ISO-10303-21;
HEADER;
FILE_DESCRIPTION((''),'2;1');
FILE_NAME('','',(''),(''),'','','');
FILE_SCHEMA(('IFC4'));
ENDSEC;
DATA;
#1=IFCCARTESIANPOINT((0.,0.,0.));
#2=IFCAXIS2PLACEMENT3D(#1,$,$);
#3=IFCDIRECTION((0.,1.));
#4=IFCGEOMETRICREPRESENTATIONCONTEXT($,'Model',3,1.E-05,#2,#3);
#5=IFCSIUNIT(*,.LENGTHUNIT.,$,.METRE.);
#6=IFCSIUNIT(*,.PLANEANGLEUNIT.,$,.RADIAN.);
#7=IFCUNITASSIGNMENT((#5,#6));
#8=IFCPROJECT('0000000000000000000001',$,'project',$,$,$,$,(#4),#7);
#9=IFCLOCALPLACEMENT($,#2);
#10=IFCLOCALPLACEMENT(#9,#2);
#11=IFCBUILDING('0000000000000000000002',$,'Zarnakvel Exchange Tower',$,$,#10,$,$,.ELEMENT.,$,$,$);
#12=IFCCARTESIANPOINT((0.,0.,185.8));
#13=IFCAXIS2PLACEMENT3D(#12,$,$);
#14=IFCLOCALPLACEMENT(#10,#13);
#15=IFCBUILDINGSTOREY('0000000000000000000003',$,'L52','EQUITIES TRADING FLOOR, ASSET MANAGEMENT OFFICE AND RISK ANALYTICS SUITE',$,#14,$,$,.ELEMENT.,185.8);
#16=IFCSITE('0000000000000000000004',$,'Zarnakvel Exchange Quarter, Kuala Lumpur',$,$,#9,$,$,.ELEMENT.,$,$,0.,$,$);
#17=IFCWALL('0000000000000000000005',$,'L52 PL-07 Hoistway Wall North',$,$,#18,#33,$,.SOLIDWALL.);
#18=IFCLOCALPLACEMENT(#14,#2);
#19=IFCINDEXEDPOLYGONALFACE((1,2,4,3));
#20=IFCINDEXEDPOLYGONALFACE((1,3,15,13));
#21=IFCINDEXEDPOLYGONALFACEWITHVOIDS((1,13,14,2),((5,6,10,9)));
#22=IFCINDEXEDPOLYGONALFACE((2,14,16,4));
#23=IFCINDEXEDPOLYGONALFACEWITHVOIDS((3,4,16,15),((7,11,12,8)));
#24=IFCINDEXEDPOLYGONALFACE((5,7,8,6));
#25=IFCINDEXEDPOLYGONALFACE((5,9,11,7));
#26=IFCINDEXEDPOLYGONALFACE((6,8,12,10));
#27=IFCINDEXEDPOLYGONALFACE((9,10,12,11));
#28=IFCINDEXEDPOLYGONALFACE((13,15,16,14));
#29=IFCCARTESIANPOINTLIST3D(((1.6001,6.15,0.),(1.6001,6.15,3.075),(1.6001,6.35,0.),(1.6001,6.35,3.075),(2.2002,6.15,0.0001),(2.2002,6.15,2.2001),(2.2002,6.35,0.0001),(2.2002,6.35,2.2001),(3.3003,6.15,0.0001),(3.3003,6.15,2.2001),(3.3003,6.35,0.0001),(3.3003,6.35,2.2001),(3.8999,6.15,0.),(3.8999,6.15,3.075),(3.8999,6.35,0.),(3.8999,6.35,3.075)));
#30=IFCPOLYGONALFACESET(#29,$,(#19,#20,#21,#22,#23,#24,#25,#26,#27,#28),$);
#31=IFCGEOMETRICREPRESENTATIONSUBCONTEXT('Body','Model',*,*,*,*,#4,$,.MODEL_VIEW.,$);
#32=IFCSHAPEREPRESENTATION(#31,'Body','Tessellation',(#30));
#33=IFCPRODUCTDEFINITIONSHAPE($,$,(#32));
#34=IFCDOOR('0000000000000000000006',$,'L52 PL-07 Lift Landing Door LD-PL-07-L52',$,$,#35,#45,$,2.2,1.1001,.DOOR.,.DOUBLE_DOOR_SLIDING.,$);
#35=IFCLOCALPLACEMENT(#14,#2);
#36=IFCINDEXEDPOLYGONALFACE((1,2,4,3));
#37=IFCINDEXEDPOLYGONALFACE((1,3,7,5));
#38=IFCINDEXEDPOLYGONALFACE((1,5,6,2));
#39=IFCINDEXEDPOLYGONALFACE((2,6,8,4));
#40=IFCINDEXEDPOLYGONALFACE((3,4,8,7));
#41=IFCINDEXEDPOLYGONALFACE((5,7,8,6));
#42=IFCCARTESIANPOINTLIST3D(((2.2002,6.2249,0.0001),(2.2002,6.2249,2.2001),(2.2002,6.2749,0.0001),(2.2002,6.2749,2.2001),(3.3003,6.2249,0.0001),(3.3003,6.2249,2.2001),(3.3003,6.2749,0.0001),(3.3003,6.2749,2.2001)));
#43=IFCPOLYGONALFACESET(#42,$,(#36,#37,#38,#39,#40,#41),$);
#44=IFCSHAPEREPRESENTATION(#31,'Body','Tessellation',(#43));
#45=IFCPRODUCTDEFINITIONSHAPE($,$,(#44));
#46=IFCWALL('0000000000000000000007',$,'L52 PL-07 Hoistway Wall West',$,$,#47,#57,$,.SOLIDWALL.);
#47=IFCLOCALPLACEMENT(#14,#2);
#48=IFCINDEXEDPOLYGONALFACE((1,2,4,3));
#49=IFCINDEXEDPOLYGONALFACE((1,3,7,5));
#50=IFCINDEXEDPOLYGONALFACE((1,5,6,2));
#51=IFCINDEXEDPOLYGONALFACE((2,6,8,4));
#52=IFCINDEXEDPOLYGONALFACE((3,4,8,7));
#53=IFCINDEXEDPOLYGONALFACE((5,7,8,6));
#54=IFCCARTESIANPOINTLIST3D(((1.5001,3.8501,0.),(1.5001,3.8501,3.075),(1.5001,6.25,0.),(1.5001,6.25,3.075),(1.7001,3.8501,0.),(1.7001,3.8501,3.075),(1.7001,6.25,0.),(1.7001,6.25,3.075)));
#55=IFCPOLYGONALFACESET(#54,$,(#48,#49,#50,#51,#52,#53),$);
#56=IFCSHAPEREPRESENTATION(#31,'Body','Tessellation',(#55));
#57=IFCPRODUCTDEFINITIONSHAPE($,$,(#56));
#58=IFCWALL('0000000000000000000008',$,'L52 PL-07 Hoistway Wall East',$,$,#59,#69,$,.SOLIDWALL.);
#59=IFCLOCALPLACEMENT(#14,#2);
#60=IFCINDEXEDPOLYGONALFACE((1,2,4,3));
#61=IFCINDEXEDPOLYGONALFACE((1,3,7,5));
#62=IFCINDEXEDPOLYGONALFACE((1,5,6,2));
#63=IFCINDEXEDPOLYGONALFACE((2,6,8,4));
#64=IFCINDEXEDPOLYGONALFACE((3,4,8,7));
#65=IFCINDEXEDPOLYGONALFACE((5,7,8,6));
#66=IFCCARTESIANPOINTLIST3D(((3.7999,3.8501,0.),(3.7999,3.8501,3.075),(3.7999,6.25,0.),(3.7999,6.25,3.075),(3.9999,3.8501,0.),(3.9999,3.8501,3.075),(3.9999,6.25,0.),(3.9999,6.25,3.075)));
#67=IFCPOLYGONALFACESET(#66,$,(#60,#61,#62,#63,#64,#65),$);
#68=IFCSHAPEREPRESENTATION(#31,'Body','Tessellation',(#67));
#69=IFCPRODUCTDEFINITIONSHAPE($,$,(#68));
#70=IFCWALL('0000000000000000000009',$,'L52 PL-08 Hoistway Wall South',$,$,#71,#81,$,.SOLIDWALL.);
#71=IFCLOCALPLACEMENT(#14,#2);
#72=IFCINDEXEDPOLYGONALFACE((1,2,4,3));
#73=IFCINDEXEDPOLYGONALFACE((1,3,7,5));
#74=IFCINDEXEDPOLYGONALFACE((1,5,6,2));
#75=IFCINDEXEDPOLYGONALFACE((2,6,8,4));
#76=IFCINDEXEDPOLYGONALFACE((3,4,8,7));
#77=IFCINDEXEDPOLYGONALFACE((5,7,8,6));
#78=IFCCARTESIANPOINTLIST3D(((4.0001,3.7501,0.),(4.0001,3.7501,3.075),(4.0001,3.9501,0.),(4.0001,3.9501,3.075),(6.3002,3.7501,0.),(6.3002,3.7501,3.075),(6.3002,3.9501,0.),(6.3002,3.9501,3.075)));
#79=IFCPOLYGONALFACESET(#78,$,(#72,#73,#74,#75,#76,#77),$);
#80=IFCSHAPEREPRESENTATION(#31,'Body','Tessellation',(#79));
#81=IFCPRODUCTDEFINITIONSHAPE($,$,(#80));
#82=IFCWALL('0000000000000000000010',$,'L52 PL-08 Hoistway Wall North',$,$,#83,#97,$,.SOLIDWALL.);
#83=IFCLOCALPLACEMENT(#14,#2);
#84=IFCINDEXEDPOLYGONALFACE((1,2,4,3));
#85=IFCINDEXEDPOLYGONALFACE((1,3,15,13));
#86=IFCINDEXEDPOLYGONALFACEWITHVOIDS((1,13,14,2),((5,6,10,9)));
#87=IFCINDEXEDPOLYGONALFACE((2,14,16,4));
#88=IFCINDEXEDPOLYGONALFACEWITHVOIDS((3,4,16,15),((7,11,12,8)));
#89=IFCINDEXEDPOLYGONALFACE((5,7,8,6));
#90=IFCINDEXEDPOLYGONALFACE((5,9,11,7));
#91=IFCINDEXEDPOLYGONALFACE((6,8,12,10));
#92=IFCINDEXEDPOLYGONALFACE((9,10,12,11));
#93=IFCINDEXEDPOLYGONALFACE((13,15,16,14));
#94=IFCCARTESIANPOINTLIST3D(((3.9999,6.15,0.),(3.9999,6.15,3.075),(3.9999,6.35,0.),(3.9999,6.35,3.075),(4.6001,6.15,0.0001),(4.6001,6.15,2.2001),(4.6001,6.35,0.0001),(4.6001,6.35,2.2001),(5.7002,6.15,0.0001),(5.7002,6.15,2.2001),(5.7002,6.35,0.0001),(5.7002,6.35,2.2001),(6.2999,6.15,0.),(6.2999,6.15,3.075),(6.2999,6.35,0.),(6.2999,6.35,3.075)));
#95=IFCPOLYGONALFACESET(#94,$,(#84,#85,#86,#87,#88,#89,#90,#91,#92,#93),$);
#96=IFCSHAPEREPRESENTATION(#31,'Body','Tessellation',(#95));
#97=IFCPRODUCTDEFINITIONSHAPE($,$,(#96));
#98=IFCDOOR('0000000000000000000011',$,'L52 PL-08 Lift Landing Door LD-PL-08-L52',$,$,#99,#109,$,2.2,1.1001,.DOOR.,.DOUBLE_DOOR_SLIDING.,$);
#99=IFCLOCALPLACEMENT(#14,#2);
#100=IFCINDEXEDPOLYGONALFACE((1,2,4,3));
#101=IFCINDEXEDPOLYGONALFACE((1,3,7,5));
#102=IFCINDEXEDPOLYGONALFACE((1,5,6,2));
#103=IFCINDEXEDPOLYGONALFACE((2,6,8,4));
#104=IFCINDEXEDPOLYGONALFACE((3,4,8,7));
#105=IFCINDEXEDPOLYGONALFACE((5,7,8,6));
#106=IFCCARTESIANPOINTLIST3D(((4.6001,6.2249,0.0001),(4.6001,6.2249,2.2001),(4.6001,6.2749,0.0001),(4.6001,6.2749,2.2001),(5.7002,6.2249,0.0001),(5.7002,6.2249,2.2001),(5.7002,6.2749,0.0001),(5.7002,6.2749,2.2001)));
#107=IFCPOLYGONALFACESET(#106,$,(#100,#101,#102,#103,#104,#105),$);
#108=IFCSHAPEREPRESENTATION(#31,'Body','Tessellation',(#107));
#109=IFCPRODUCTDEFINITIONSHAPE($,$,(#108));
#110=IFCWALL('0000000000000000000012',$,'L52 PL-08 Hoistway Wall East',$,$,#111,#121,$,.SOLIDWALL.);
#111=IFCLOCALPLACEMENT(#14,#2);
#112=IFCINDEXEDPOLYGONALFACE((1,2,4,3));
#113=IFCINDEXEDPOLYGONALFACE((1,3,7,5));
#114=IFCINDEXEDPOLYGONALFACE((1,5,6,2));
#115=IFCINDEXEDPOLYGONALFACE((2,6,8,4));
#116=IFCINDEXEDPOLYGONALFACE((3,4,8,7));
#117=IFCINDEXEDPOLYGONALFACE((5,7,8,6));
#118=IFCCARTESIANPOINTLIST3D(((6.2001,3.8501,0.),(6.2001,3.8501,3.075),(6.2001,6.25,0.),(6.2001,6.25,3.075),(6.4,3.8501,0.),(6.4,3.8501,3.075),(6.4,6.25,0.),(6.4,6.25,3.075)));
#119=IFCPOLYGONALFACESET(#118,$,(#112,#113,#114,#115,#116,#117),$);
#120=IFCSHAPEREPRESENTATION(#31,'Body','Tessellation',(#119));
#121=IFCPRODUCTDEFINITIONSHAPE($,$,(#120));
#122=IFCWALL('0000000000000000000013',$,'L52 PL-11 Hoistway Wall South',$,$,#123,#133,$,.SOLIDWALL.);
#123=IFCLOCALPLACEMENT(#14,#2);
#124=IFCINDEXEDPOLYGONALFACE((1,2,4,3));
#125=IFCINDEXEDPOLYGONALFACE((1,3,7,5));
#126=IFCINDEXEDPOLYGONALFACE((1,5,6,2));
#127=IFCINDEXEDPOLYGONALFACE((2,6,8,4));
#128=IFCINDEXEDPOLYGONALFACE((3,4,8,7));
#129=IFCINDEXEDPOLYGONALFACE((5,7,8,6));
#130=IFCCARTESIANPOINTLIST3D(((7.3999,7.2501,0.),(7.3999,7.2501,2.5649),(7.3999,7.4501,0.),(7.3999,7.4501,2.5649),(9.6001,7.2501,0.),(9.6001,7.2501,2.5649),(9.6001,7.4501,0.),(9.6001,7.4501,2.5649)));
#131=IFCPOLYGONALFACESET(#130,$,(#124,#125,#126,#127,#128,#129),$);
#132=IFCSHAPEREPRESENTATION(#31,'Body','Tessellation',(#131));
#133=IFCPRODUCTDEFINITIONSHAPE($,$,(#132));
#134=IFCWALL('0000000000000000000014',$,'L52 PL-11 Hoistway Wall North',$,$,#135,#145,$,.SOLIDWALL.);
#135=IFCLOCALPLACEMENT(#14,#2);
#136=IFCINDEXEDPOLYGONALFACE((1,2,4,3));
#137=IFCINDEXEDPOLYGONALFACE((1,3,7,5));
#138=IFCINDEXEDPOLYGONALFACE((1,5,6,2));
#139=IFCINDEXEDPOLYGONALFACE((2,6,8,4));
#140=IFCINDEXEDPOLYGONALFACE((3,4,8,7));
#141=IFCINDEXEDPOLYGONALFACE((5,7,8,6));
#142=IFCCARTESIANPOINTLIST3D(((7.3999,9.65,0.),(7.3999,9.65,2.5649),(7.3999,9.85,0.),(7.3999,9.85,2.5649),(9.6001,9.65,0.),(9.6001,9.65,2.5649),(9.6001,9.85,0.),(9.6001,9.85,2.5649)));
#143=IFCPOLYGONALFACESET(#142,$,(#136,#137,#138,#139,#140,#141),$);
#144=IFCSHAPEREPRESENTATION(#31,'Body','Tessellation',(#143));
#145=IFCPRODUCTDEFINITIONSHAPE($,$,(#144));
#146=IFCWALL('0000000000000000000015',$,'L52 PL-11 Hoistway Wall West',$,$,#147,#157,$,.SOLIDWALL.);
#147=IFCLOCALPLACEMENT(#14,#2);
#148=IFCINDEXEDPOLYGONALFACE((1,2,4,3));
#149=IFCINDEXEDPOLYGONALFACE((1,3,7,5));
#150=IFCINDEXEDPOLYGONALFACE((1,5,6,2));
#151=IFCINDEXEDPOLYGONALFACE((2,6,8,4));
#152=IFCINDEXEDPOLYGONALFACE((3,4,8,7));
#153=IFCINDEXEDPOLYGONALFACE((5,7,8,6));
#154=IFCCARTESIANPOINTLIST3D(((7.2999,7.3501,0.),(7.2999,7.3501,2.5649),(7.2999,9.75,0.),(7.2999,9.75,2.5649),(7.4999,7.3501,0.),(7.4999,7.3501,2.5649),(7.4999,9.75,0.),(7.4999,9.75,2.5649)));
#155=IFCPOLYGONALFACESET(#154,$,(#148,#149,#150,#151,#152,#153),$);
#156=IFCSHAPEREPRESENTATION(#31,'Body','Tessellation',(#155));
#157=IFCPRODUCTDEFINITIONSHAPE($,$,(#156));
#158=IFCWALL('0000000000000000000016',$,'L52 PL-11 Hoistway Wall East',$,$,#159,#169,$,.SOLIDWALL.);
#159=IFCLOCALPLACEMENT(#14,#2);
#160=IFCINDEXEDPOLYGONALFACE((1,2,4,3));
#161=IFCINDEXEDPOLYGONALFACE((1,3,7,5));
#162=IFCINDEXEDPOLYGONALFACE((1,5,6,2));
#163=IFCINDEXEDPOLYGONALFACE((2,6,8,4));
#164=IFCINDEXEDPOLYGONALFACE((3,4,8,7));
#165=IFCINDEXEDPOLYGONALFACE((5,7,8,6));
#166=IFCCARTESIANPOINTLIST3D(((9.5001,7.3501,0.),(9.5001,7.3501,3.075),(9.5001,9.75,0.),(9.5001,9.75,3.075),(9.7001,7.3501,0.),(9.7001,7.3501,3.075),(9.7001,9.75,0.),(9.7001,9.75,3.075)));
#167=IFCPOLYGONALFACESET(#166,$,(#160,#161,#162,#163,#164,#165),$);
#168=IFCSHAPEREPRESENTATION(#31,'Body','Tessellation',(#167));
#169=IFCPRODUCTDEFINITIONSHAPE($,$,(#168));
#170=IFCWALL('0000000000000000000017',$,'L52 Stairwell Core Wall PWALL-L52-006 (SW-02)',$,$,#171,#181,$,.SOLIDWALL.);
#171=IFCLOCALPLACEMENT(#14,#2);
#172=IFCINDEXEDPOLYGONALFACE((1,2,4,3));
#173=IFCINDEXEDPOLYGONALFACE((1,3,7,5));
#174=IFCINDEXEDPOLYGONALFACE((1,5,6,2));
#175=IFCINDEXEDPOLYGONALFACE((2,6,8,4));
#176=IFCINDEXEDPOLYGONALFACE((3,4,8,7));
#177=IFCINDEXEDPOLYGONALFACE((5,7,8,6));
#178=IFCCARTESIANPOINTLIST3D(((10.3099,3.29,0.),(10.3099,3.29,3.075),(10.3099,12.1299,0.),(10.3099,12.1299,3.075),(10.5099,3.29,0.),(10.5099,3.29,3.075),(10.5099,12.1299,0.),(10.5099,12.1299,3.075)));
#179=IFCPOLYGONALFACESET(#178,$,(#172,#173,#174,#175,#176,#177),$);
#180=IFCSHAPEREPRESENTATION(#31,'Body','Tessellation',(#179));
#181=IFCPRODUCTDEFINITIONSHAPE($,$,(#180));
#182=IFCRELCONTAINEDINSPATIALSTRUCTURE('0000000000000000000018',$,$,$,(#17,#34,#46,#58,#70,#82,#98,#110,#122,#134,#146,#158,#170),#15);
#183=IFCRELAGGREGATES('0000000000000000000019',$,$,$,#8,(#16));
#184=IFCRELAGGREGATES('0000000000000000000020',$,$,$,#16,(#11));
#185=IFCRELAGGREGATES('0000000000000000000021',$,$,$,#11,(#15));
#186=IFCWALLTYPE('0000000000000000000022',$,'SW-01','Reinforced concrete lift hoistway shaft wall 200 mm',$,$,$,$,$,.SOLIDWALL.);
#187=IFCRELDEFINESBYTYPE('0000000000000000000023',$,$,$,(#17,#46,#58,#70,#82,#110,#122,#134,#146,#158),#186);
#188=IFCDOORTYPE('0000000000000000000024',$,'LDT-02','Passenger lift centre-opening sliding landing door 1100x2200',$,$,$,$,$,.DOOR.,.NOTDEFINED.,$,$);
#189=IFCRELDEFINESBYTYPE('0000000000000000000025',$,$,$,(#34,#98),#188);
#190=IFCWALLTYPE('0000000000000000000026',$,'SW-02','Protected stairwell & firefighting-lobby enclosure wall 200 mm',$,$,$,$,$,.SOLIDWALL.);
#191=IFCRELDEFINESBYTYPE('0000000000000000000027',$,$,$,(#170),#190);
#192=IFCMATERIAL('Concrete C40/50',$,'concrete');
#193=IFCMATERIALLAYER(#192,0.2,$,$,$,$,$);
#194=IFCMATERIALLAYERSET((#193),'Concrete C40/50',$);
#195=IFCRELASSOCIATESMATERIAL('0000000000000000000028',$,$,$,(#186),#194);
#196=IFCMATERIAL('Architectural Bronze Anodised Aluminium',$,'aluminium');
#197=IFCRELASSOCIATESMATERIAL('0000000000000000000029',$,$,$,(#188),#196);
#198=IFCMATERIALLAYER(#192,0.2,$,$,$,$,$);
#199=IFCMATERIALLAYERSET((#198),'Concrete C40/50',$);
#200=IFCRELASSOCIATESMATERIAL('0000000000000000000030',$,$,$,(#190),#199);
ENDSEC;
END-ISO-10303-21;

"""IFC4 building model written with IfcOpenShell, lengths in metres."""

from ifc_helpers import new_model, si_unit, direction, frame, frame_2d, origin, place, context, subcontext, project, spatial, rectangle, extrude, source, transform, mapped, material, layer, layer_set, type_object, element, fill, save


model = new_model("IFC4")

# Units and contexts
model_context = context("Model", 3, precision=1e-05, world=origin(), true_north=direction((0.0, 1.0)))
body_context = subcontext(model_context, "Body", "Model", "MODEL_VIEW")
ifc_project = project(units=[si_unit("LENGTHUNIT", "METRE"), si_unit("PLANEANGLEUNIT", "RADIAN")], contexts=[model_context])

# Site, building, storey
site_placement = place(None, origin())
site = spatial("IfcSite", under=ifc_project, at=site_placement, Name="Zarnakvel Exchange Quarter, Kuala Lumpur", CompositionType="ELEMENT", RefElevation=0.0)
building_placement = place(site_placement, origin())
building = spatial("IfcBuilding", under=site, at=building_placement, Name="Zarnakvel Exchange Tower", CompositionType="ELEMENT")
storey_placement = place(building_placement, frame((0.0, 0.0, 185.8)))
storey = spatial("IfcBuildingStorey", under=building, at=storey_placement, Name="L52", Description="EQUITIES TRADING FLOOR, ASSET MANAGEMENT OFFICE AND RISK ANALYTICS SUITE", CompositionType="ELEMENT", Elevation=185.8)

# Shared definitions
ifc_material_1 = material(Name="Concrete C40/50", Category="concrete")
ifc_layer_1 = layer(ifc_material_1, 0.2)
ifc_layer_set_1 = layer_set([ifc_layer_1], Name="Concrete C40/50")
wall_type_1 = type_object("IfcWallType", Name="SW-01", Description="Reinforced concrete lift hoistway shaft wall 200 mm", PredefinedType="SOLIDWALL", material=ifc_layer_set_1)
shared_shape_1 = source(origin(), body_context, "Body", "SweptSolid", [
    extrude(rectangle(XDim=1.1001, YDim=2.2, at=frame_2d((0.55, 1.1001))), frame((0.0, 0.0249, 0.0), z_axis=(0.0, -1.0, 0.0), x_axis=(1.0, 0.0, 0.0)), (0.0, 0.0, 1.0), 0.05),
])

# Wall, opening, door
wall_1_placement = place(storey_placement, frame((1.6001, 6.25, 0.0), z_axis=(0.0, 0.0, 1.0), x_axis=(1.0, 0.0, 0.0)))
wall_1 = element("IfcWall", 1, at=wall_1_placement, inside=storey, type_object=wall_type_1, Name="L52 PL-07 Hoistway Wall North", PredefinedType="SOLIDWALL", context=body_context, shape_type="SweptSolid", body=[
    extrude(rectangle(XDim=2.2998, YDim=0.2, at=frame_2d((1.1499, 0.0))), origin(), (0.0, 0.0, 1.0), 3.075),
])
opening_1_placement = place(wall_1_placement, frame((0.6001, 0.0, 0.0)))
opening_1 = element("IfcOpeningElement", 2, at=opening_1_placement, cuts=wall_1, PredefinedType="OPENING", context=body_context, shape_type="SweptSolid", body=[
    extrude(rectangle(XDim=1.1001, YDim=2.2, at=frame_2d((0.55, 1.1001))), frame((0.0, 0.1099, 0.0), z_axis=(0.0, -1.0, 0.0), x_axis=(1.0, 0.0, 0.0)), (0.0, 0.0, 1.0), 0.22),
])
ifc_material_2 = material(Name="Architectural Bronze Anodised Aluminium", Category="aluminium")
door_type_1 = type_object("IfcDoorType", Name="LDT-02", Description="Passenger lift centre-opening sliding landing door 1100x2200", OperationType="NOTDEFINED", PredefinedType="DOOR", material=ifc_material_2)
door_1_placement = place(opening_1_placement, origin())
door_1 = element("IfcDoor", 3, at=door_1_placement, inside=storey, type_object=door_type_1, Name="L52 PL-07 Lift Landing Door LD-PL-07-L52", OperationType="DOUBLE_DOOR_SLIDING", OverallHeight=2.2, OverallWidth=1.1001, PredefinedType="DOOR", context=body_context, shape_type="MappedRepresentation", body=[
    mapped(shared_shape_1, transform((0.0, 0.0, 0.0), x_axis=(1.0, 0.0, 0.0), y_axis=(0.0, 1.0, 0.0), z_axis=(0.0, 0.0, 1.0), scale=1.0)),
])
fill(opening_1, door_1)

# Walls
for number, where, z_axis, x_axis, name in (
    (4, (1.6001, 3.8501, 0.0), (0.0, 0.0, 1.0), (0.0, 1.0, 0.0), "L52 PL-07 Hoistway Wall West"),
    (5, (3.8999, 6.25, 0.0), (0.0, 0.0, 1.0), (0.0, -1.0, 0.0), "L52 PL-07 Hoistway Wall East"),
):
    element("IfcWall", number, at=place(storey_placement, frame(where, z_axis=z_axis, x_axis=x_axis)), inside=storey, type_object=wall_type_1, Name=name, PredefinedType="SOLIDWALL", context=body_context, shape_type="SweptSolid", body=[
        extrude(rectangle(XDim=2.3999, YDim=0.2, at=frame_2d((1.2, 0.0))), origin(), (0.0, 0.0, 1.0), 3.075),
    ])
wall_2_placement = place(storey_placement, frame((6.3, 3.8501, 0.0), z_axis=(0.0, 0.0, 1.0), x_axis=(-1.0, 0.0, 0.0)))
element("IfcWall", 6, at=wall_2_placement, inside=storey, type_object=wall_type_1, Name="L52 PL-08 Hoistway Wall South", PredefinedType="SOLIDWALL", context=body_context, shape_type="SweptSolid", body=[
    extrude(rectangle(XDim=2.3, YDim=0.2, at=frame_2d((1.1499, 0.0))), origin(), (0.0, 0.0, 1.0), 3.075),
])

# Wall, opening, door
wall_3_placement = place(storey_placement, frame((4.0, 6.25, 0.0), z_axis=(0.0, 0.0, 1.0), x_axis=(1.0, 0.0, 0.0)))
wall_3 = element("IfcWall", 7, at=wall_3_placement, inside=storey, type_object=wall_type_1, Name="L52 PL-08 Hoistway Wall North", PredefinedType="SOLIDWALL", context=body_context, shape_type="SweptSolid", body=[
    extrude(rectangle(XDim=2.3, YDim=0.2, at=frame_2d((1.1499, 0.0))), origin(), (0.0, 0.0, 1.0), 3.075),
])
opening_2_placement = place(wall_3_placement, frame((0.6001, 0.0, 0.0)))
opening_2 = element("IfcOpeningElement", 8, at=opening_2_placement, cuts=wall_3, PredefinedType="OPENING", context=body_context, shape_type="SweptSolid", body=[
    extrude(rectangle(XDim=1.1001, YDim=2.2, at=frame_2d((0.55, 1.1001))), frame((0.0, 0.1099, 0.0), z_axis=(0.0, -1.0, 0.0), x_axis=(1.0, 0.0, 0.0)), (0.0, 0.0, 1.0), 0.22),
])
door_2_placement = place(opening_2_placement, origin())
door_2 = element("IfcDoor", 9, at=door_2_placement, inside=storey, type_object=door_type_1, Name="L52 PL-08 Lift Landing Door LD-PL-08-L52", OperationType="DOUBLE_DOOR_SLIDING", OverallHeight=2.2, OverallWidth=1.1001, PredefinedType="DOOR", context=body_context, shape_type="MappedRepresentation", body=[
    mapped(shared_shape_1, transform((0.0, 0.0, 0.0), x_axis=(1.0, 0.0, 0.0), y_axis=(0.0, 1.0, 0.0), z_axis=(0.0, 0.0, 1.0), scale=1.0)),
])
fill(opening_2, door_2)

# Walls
wall_4_placement = place(storey_placement, frame((6.3, 6.25, 0.0), z_axis=(0.0, 0.0, 1.0), x_axis=(0.0, -1.0, 0.0)))
element("IfcWall", 10, at=wall_4_placement, inside=storey, type_object=wall_type_1, Name="L52 PL-08 Hoistway Wall East", PredefinedType="SOLIDWALL", context=body_context, shape_type="SweptSolid", body=[
    extrude(rectangle(XDim=2.3999, YDim=0.2, at=frame_2d((1.2, 0.0))), origin(), (0.0, 0.0, 1.0), 3.075),
])
for number, where, z_axis, x_axis, name in (
    (11, (9.6001, 7.3501, 0.0), (0.0, 0.0, 1.0), (-1.0, 0.0, 0.0), "L52 PL-11 Hoistway Wall South"),
    (12, (7.3999, 9.75, 0.0), (0.0, 0.0, 1.0), (1.0, 0.0, 0.0), "L52 PL-11 Hoistway Wall North"),
):
    element("IfcWall", number, at=place(storey_placement, frame(where, z_axis=z_axis, x_axis=x_axis)), inside=storey, type_object=wall_type_1, Name=name, PredefinedType="SOLIDWALL", context=body_context, shape_type="SweptSolid", body=[
        extrude(rectangle(XDim=2.2002, YDim=0.2, at=frame_2d((1.1001, 0.0))), origin(), (0.0, 0.0, 1.0), 2.5649),
    ])
wall_5_placement = place(storey_placement, frame((7.3999, 7.3501, 0.0), z_axis=(0.0, 0.0, 1.0), x_axis=(0.0, 1.0, 0.0)))
element("IfcWall", 13, at=wall_5_placement, inside=storey, type_object=wall_type_1, Name="L52 PL-11 Hoistway Wall West", PredefinedType="SOLIDWALL", context=body_context, shape_type="SweptSolid", body=[
    extrude(rectangle(XDim=2.3999, YDim=0.2, at=frame_2d((1.2, 0.0))), origin(), (0.0, 0.0, 1.0), 2.5649),
])
wall_6_placement = place(storey_placement, frame((9.6001, 9.75, 0.0), z_axis=(0.0, 0.0, 1.0), x_axis=(0.0, -1.0, 0.0)))
element("IfcWall", 14, at=wall_6_placement, inside=storey, type_object=wall_type_1, Name="L52 PL-11 Hoistway Wall East", PredefinedType="SOLIDWALL", context=body_context, shape_type="SweptSolid", body=[
    extrude(rectangle(XDim=2.3999, YDim=0.2, at=frame_2d((1.2, 0.0))), origin(), (0.0, 0.0, 1.0), 3.075),
])
ifc_layer_2 = layer(ifc_material_1, 0.2)
ifc_layer_set_2 = layer_set([ifc_layer_2], Name="Concrete C40/50")
wall_type_2 = type_object("IfcWallType", Name="SW-02", Description="Protected stairwell & firefighting-lobby enclosure wall 200 mm", PredefinedType="SOLIDWALL", material=ifc_layer_set_2)
wall_7_placement = place(storey_placement, frame((10.4099, 3.29, 0.0), z_axis=(0.0, 0.0, 1.0), x_axis=(0.0, 1.0, 0.0)))
element("IfcWall", 15, at=wall_7_placement, inside=storey, type_object=wall_type_2, Name="L52 Stairwell Core Wall PWALL-L52-006 (SW-02)", PredefinedType="SOLIDWALL", context=body_context, shape_type="SweptSolid", body=[
    extrude(rectangle(XDim=8.8398, YDim=0.2, at=frame_2d((4.4199, 0.0))), origin(), (0.0, 0.0, 1.0), 3.075),
])

save(model, "model.ifc")
